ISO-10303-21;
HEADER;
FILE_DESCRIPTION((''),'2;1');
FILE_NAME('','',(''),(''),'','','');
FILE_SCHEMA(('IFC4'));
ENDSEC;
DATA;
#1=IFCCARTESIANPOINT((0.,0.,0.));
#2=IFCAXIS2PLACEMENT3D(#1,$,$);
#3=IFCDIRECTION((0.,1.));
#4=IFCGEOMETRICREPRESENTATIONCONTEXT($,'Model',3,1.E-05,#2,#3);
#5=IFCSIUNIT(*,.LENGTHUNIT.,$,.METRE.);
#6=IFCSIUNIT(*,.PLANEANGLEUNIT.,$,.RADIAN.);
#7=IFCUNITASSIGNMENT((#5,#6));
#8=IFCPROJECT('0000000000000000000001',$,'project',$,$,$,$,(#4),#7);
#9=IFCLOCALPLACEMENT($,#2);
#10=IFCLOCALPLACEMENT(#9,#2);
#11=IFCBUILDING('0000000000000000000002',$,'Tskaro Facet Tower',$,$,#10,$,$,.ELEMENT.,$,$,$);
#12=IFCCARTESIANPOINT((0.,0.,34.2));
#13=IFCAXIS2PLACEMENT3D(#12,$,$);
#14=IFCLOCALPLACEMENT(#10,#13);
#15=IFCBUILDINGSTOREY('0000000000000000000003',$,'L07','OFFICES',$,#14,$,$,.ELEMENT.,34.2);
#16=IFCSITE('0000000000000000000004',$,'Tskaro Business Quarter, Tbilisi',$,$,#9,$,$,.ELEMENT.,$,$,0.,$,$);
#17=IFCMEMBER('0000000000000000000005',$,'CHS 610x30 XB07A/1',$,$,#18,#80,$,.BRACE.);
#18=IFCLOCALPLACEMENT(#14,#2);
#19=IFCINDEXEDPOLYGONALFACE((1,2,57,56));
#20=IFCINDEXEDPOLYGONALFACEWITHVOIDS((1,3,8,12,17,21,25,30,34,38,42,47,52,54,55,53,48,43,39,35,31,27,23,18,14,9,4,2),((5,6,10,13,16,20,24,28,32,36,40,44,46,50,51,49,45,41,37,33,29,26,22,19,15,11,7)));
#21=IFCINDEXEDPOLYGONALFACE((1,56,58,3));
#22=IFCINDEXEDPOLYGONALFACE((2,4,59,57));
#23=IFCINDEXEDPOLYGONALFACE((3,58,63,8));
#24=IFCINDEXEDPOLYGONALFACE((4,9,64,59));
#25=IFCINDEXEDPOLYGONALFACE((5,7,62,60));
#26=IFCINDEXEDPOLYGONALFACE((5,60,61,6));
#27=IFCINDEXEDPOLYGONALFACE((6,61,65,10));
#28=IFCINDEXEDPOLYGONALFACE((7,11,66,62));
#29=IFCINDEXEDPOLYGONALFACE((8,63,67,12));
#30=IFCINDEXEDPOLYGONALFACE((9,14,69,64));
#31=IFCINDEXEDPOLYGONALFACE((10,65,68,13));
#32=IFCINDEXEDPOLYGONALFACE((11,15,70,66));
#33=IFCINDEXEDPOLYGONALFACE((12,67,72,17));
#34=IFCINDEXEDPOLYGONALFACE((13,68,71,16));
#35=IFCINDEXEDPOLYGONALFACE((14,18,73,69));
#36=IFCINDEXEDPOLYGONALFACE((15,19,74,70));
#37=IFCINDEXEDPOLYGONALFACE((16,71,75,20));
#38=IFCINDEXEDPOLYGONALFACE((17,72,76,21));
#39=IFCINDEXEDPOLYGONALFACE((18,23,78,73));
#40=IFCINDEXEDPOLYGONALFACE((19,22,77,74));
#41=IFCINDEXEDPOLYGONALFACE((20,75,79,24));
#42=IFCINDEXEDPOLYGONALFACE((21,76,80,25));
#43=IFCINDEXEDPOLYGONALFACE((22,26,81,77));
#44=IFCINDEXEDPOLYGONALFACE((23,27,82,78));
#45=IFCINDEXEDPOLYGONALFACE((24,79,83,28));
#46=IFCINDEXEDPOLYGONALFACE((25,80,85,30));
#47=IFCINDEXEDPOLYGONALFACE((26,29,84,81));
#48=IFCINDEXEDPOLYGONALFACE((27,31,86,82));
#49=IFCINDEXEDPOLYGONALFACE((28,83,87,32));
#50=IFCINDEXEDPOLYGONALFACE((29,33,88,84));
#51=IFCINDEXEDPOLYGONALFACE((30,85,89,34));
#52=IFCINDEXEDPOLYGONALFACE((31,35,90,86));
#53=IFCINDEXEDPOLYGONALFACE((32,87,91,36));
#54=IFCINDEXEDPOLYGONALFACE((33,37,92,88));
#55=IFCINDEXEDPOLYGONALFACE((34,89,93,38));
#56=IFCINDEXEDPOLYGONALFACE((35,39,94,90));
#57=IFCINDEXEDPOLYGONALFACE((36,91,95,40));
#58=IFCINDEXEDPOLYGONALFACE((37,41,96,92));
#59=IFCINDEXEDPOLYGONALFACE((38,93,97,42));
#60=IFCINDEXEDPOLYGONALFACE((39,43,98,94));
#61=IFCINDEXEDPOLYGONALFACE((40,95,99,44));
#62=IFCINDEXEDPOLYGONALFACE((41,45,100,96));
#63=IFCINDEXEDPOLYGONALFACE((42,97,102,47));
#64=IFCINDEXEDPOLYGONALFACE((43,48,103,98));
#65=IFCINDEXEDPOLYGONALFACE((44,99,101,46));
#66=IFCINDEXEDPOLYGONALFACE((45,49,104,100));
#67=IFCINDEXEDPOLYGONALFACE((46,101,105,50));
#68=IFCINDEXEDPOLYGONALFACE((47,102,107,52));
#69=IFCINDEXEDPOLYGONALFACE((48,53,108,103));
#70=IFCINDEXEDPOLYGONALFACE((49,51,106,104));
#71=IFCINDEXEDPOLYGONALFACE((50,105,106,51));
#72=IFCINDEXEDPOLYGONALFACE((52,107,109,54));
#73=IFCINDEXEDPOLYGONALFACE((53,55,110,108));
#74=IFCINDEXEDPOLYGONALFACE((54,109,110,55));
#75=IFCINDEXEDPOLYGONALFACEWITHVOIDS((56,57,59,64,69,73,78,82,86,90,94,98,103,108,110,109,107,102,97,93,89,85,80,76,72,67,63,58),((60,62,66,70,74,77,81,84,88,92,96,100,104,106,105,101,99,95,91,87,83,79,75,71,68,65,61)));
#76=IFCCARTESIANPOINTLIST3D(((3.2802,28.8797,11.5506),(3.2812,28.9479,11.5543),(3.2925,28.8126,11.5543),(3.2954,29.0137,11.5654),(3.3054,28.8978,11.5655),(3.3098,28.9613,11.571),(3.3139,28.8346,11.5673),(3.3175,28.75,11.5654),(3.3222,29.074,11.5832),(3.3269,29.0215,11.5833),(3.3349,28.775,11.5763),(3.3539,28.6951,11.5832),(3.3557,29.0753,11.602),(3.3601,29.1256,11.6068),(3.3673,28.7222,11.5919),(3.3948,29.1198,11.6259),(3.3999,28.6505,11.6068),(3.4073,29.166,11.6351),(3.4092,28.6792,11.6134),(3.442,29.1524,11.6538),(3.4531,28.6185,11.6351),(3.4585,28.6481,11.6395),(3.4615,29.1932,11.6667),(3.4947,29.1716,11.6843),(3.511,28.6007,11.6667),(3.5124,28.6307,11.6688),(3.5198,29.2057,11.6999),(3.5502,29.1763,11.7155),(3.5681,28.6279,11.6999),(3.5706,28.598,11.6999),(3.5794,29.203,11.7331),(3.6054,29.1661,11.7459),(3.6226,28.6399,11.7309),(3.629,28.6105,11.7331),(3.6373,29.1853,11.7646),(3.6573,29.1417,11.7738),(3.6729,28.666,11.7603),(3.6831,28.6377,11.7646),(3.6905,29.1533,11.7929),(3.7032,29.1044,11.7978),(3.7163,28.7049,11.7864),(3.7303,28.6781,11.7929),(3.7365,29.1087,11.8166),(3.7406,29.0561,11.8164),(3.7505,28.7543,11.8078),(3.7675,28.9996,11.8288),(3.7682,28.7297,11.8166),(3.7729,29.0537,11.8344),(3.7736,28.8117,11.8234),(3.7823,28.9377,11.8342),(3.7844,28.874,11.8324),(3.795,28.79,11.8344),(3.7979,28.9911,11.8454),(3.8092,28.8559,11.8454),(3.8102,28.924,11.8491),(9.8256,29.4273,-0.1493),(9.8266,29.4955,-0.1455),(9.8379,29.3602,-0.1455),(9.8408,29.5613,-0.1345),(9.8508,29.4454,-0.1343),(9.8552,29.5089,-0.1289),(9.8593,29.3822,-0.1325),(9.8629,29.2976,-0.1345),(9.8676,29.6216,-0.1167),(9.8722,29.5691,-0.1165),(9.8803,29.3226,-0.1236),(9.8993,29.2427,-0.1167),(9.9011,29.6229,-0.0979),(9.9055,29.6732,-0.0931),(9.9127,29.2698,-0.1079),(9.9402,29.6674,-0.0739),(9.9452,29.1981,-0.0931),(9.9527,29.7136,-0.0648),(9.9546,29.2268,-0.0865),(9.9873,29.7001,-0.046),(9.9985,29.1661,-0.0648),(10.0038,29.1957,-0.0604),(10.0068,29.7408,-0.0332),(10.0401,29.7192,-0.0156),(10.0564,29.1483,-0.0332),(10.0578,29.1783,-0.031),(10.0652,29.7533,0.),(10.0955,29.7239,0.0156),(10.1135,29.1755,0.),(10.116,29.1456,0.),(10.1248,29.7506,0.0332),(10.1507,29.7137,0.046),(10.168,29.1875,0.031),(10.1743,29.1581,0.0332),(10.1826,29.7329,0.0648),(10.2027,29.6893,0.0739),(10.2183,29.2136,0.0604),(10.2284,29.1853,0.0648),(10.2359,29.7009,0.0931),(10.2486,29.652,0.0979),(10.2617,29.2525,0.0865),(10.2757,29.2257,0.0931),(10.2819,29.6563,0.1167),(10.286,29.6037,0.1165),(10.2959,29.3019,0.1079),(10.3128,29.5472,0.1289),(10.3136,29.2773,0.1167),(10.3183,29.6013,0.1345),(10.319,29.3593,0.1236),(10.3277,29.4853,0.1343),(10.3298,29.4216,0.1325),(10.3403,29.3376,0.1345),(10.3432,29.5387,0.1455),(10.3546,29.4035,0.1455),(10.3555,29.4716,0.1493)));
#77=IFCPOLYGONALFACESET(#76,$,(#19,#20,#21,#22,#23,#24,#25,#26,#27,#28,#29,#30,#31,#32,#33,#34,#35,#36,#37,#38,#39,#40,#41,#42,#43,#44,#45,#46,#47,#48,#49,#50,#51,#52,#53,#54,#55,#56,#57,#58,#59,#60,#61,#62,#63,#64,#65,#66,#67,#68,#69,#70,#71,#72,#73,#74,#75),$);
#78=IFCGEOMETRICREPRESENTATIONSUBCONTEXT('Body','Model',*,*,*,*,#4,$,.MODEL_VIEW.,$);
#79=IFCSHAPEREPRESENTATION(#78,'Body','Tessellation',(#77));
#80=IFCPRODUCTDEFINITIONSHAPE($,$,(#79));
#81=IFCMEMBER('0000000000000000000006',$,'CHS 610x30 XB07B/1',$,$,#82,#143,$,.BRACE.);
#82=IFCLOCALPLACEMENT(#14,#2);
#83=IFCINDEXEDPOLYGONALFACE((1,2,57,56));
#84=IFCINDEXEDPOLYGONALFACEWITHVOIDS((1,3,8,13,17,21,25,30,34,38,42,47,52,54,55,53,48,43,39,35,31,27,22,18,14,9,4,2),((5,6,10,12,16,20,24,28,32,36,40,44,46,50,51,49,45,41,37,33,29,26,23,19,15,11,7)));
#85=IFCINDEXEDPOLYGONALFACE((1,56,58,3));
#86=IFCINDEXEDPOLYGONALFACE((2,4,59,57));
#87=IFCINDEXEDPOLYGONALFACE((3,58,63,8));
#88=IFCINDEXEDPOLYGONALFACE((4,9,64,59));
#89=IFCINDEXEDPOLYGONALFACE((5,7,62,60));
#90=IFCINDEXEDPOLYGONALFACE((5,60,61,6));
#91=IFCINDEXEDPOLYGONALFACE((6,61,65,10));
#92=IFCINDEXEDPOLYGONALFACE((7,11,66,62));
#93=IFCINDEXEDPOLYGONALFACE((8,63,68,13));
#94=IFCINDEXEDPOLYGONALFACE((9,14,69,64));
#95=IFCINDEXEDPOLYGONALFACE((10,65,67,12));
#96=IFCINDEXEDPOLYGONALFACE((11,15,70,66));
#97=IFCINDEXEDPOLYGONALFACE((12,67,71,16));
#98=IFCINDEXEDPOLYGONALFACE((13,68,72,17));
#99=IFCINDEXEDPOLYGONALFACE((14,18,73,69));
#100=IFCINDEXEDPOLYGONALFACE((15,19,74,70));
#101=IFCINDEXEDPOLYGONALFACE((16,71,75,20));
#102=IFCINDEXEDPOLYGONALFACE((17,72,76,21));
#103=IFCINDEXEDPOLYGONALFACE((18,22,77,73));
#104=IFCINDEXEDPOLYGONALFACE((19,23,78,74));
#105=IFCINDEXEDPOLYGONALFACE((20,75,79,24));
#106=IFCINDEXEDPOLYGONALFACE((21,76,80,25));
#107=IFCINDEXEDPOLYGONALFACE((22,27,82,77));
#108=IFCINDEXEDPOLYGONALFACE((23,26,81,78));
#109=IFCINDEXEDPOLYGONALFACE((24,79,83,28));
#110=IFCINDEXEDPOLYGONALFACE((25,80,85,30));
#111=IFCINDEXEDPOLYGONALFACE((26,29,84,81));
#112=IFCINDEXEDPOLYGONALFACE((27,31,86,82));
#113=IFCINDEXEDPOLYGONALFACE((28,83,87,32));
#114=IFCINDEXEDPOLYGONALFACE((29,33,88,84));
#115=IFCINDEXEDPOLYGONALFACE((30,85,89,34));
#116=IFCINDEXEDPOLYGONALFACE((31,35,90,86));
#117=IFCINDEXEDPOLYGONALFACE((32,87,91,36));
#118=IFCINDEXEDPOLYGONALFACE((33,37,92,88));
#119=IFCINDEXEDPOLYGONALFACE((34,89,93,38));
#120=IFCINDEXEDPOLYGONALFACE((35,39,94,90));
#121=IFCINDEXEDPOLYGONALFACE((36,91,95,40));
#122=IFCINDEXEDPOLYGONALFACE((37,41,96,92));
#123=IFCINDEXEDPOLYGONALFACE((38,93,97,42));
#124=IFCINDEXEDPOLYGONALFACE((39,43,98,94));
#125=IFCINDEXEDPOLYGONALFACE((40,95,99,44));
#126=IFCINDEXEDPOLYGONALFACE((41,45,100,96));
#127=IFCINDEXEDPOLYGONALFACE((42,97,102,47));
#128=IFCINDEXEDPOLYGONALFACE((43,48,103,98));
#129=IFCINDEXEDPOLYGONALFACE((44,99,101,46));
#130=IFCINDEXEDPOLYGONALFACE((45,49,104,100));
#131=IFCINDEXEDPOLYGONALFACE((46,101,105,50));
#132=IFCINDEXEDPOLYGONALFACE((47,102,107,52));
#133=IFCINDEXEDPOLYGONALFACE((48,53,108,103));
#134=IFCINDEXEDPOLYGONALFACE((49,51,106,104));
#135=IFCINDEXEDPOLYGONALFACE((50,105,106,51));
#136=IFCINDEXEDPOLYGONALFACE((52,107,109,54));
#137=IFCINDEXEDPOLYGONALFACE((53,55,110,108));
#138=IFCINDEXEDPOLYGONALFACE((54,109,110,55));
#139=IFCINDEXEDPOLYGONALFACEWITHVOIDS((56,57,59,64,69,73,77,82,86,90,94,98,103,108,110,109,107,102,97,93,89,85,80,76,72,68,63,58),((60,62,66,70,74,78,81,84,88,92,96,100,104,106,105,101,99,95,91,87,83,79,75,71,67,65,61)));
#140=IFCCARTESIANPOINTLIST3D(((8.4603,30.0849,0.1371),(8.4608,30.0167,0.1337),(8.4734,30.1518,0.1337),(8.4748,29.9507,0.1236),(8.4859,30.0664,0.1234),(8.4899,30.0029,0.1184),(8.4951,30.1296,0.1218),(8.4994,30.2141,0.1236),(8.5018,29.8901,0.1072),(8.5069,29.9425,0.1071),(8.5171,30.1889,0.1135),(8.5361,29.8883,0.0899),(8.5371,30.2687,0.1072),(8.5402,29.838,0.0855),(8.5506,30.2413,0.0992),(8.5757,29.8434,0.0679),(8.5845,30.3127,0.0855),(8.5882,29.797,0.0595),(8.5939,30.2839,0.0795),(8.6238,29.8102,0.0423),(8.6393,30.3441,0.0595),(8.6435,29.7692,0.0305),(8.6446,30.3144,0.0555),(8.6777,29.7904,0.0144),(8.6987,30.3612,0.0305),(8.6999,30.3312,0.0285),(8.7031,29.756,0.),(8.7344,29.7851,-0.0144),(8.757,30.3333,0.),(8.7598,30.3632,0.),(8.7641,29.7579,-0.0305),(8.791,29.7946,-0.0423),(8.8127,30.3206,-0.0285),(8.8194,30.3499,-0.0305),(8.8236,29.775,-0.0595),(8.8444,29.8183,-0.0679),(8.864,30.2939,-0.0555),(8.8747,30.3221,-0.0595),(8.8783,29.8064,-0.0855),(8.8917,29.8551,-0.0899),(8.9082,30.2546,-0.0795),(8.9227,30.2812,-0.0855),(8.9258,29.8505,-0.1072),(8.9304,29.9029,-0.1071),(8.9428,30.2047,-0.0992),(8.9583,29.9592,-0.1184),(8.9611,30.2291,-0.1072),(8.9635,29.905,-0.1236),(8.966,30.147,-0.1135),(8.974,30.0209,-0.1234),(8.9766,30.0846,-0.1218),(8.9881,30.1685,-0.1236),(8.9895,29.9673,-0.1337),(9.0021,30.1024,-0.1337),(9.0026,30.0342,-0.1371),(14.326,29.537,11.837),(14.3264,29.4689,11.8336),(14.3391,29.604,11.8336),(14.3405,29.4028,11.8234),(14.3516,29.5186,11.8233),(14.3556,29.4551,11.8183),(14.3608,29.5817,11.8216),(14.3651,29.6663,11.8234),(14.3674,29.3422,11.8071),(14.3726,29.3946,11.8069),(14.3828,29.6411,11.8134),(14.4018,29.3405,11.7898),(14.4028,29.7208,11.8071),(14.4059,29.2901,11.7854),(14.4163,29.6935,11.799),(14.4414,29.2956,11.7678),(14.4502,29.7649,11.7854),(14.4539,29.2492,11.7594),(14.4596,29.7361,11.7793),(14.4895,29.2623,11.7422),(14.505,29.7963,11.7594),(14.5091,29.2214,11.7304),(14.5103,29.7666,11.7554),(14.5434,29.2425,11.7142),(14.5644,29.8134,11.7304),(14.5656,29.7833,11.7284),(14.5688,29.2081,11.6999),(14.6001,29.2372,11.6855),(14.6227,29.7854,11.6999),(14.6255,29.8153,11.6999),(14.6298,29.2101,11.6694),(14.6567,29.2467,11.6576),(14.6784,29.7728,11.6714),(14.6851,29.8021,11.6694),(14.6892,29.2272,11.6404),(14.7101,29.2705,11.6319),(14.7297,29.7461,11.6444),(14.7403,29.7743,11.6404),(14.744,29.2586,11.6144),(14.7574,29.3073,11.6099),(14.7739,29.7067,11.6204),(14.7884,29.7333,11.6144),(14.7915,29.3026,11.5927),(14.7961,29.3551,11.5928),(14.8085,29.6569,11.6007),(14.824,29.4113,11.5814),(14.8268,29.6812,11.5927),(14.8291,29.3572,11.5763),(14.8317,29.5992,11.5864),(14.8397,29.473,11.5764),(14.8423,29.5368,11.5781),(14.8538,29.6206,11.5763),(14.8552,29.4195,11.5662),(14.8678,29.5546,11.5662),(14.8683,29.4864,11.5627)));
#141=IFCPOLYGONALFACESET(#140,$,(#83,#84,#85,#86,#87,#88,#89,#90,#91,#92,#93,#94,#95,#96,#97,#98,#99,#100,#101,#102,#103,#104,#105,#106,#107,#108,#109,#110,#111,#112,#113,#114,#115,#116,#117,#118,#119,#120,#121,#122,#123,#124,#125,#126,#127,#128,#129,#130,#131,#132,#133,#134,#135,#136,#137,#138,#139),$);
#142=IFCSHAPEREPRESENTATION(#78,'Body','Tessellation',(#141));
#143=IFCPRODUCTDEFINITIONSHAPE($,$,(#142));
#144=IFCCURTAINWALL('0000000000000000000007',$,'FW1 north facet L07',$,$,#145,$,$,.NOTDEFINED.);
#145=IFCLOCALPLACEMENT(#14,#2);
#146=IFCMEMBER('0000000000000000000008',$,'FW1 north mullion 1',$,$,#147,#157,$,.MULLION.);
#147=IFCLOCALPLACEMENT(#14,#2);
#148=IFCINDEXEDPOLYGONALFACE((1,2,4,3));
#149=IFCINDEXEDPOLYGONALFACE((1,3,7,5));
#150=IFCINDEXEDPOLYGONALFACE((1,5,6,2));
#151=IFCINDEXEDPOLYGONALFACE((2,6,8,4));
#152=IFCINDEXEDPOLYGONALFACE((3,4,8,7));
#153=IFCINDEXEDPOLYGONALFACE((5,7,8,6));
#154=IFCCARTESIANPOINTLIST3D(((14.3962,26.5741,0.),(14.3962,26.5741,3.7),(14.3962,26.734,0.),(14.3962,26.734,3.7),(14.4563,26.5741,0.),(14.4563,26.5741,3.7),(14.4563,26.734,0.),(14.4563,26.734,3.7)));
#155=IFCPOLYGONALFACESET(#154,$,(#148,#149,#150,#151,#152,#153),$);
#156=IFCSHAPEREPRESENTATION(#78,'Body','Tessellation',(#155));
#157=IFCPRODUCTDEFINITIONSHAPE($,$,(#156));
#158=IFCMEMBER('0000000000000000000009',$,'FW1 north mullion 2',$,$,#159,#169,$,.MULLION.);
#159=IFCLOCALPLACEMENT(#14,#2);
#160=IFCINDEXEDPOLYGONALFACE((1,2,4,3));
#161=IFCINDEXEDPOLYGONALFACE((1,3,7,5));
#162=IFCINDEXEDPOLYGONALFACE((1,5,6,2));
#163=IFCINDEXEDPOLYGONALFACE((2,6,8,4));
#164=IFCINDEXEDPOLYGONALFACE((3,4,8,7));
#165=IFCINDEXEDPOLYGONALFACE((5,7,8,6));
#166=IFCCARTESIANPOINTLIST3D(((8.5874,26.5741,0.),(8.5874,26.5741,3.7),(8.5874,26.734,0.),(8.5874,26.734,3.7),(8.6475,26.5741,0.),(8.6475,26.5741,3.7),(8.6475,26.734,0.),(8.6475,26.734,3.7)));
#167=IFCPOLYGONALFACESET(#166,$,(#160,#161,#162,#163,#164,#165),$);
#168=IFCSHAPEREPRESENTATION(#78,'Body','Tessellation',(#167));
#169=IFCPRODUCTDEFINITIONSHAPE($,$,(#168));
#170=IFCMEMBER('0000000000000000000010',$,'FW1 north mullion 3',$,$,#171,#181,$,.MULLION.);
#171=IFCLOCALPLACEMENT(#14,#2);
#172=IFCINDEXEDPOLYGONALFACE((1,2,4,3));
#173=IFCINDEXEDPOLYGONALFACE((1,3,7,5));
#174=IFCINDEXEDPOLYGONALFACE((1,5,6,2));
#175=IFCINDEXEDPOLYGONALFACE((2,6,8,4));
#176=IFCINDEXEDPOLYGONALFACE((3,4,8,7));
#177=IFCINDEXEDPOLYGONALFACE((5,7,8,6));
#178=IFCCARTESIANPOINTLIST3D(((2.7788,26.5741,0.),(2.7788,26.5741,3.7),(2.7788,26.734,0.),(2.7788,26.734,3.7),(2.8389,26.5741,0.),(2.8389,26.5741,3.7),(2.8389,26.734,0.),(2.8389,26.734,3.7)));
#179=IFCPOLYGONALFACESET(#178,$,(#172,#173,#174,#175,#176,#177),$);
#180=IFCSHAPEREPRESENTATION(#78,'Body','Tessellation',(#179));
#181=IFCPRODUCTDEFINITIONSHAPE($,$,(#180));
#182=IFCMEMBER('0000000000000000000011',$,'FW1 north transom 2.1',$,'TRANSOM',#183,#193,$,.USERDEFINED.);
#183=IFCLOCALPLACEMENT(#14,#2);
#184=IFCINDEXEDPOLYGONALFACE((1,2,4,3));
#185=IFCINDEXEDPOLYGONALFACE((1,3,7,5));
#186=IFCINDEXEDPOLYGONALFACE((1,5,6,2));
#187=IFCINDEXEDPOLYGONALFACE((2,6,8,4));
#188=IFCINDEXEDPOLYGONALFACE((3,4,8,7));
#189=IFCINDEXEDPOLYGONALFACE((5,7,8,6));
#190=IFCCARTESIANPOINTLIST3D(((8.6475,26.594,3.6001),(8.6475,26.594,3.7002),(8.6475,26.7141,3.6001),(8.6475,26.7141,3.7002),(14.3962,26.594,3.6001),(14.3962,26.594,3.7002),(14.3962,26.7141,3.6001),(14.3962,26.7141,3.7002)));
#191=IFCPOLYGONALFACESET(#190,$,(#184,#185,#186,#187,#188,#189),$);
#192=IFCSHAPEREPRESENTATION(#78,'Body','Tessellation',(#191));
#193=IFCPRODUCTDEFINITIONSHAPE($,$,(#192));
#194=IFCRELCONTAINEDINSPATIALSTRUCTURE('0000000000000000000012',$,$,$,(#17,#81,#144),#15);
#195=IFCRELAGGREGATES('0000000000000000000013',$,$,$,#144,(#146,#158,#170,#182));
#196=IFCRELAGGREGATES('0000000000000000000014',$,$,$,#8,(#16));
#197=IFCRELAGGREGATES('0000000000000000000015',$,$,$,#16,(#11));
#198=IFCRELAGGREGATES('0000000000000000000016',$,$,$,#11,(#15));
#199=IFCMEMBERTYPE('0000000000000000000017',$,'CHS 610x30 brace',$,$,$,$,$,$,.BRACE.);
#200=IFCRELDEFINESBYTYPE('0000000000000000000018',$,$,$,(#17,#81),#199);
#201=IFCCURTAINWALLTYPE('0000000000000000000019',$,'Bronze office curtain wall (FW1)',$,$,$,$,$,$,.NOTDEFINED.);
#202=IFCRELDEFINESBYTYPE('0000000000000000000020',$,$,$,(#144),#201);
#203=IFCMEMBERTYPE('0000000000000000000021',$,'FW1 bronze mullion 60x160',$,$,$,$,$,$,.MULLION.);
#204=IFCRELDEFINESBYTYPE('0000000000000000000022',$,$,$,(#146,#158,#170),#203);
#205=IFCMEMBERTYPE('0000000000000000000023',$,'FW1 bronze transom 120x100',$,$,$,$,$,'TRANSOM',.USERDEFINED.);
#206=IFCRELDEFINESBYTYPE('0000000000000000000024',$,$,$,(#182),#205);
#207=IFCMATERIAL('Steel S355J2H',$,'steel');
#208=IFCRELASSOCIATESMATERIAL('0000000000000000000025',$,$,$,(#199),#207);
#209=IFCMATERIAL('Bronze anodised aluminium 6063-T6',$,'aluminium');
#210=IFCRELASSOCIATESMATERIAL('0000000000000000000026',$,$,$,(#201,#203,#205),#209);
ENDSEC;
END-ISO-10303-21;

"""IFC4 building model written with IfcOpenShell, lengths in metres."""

from ifc_helpers import new_model, si_unit, direction, frame, origin, origin_2d, place, context, subcontext, project, spatial, rectangle, hollow_circle, extrude, material, material_profile, profile_set, type_object, element, aggregate, save


model = new_model("IFC4")

# Units and contexts
model_context = context("Model", 3, precision=1e-05, world=origin(), true_north=direction((0.0, 1.0)))
body_context = subcontext(model_context, "Body", "Model", "MODEL_VIEW")
ifc_project = project(units=[si_unit("LENGTHUNIT", "METRE"), si_unit("PLANEANGLEUNIT", "RADIAN")], contexts=[model_context])

# Site, building, storey
site_placement = place(None, origin())
site = spatial("IfcSite", under=ifc_project, at=site_placement, Name="Tskaro Business Quarter, Tbilisi", CompositionType="ELEMENT", RefElevation=0.0)
building_placement = place(site_placement, origin())
building = spatial("IfcBuilding", under=site, at=building_placement, Name="Tskaro Facet Tower", CompositionType="ELEMENT")
storey_placement = place(building_placement, frame((0.0, 0.0, 34.2)))
storey = spatial("IfcBuildingStorey", under=building, at=storey_placement, Name="L07", Description="OFFICES", CompositionType="ELEMENT", Elevation=34.2)

# Shared definitions
ifc_material_1 = material(Name="Steel S355J2H", Category="steel")

# Members
ifc_material_profile_1 = material_profile(ifc_material_1, hollow_circle(Radius=0.3049, WallThickness=0.03, at=origin_2d()), Name="CHS 610x30")
ifc_profile_set_1 = profile_set([ifc_material_profile_1], Name="Steel S355J2H")
member_type_1 = type_object("IfcMemberType", Name="CHS 610x30 brace", PredefinedType="BRACE", material=ifc_profile_set_1)
member_1_placement = place(storey_placement, frame((10.0906, 29.4495, 0.0), z_axis=(-0.487824, -0.040813, 0.871987), x_axis=(0.083372, -0.996519, 0.0)))
element("IfcMember", 1, at=member_1_placement, inside=storey, type_object=member_type_1, Name="CHS 610x30 XB07A/1", PredefinedType="BRACE", context=body_context, shape_type="SweptSolid", body=[
    extrude(hollow_circle(Radius=0.3049, WallThickness=0.03, at=origin_2d()), origin(), (0.0, 0.0, 1.0), 13.4175),
])
member_2_placement = place(storey_placement, frame((8.7314, 30.0596, 0.0), z_axis=(0.447784, -0.041822, 0.893163), x_axis=(0.092994, 0.995667, 0.0)))
element("IfcMember", 2, at=member_2_placement, inside=storey, type_object=member_type_1, Name="CHS 610x30 XB07B/1", PredefinedType="BRACE", context=body_context, shape_type="SweptSolid", body=[
    extrude(hollow_circle(Radius=0.3049, WallThickness=0.03, at=origin_2d()), origin(), (0.0, 0.0, 1.0), 13.0994),
])

# Curtain wall, members
ifc_material_2 = material(Name="Bronze anodised aluminium 6063-T6", Category="aluminium")
curtain_wall_type = type_object("IfcCurtainWallType", Name="Bronze office curtain wall (FW1)", PredefinedType="NOTDEFINED", material=ifc_material_2)
curtain_wall_placement = place(storey_placement, origin())
curtain_wall = element("IfcCurtainWall", 3, at=curtain_wall_placement, inside=storey, type_object=curtain_wall_type, Name="FW1 north facet L07", PredefinedType="NOTDEFINED")
ifc_material_profile_2 = material_profile(ifc_material_2, rectangle(XDim=0.0601, YDim=0.1599, at=origin_2d()), Name="Mullion 60x160")
ifc_profile_set_2 = profile_set([ifc_material_profile_2], Name="Bronze anodised aluminium 6063-T6")
member_type_2 = type_object("IfcMemberType", Name="FW1 bronze mullion 60x160", PredefinedType="MULLION", material=ifc_profile_set_2)
member_3_placement = place(storey_placement, frame((14.4263, 26.6541, 0.0), z_axis=(0.0, 0.0, 1.0), x_axis=(-1.0, 0.0, 0.0)))
member_3 = element("IfcMember", 4, at=member_3_placement, type_object=member_type_2, Name="FW1 north mullion 1", PredefinedType="MULLION", context=body_context, shape_type="SweptSolid", body=[
    extrude(rectangle(XDim=0.0601, YDim=0.1599, at=origin_2d()), origin(), (0.0, 0.0, 1.0), 3.7),
])
member_4_placement = place(storey_placement, frame((8.6174, 26.6541, 0.0), z_axis=(0.0, 0.0, 1.0), x_axis=(-1.0, 0.0, 0.0)))
member_4 = element("IfcMember", 5, at=member_4_placement, type_object=member_type_2, Name="FW1 north mullion 2", PredefinedType="MULLION", context=body_context, shape_type="SweptSolid", body=[
    extrude(rectangle(XDim=0.0601, YDim=0.1599, at=origin_2d()), origin(), (0.0, 0.0, 1.0), 3.7),
])
member_5_placement = place(storey_placement, frame((2.8088, 26.6541, 0.0), z_axis=(0.0, 0.0, 1.0), x_axis=(-1.0, 0.0, 0.0)))
member_5 = element("IfcMember", 6, at=member_5_placement, type_object=member_type_2, Name="FW1 north mullion 3", PredefinedType="MULLION", context=body_context, shape_type="SweptSolid", body=[
    extrude(rectangle(XDim=0.0601, YDim=0.1599, at=origin_2d()), origin(), (0.0, 0.0, 1.0), 3.7),
])
ifc_material_profile_3 = material_profile(ifc_material_2, rectangle(XDim=0.1201, YDim=0.1001, at=origin_2d()), Name="Transom 120x100")
ifc_profile_set_3 = profile_set([ifc_material_profile_3], Name="Bronze anodised aluminium 6063-T6")
member_type_3 = type_object("IfcMemberType", Name="FW1 bronze transom 120x100", ElementType="TRANSOM", PredefinedType="USERDEFINED", material=ifc_profile_set_3)
member_6_placement = place(storey_placement, frame((14.3962, 26.6541, 3.6501), z_axis=(-1.0, 0.0, 0.0), x_axis=(0.0, -1.0, 0.0)))
member_6 = element("IfcMember", 7, at=member_6_placement, type_object=member_type_3, Name="FW1 north transom 2.1", ObjectType="TRANSOM", PredefinedType="USERDEFINED", context=body_context, shape_type="SweptSolid", body=[
    extrude(rectangle(XDim=0.1201, YDim=0.1001, at=origin_2d()), origin(), (0.0, 0.0, 1.0), 5.7488),
])

aggregate(curtain_wall, [member_3, member_4, member_5, member_6])

save(model, "model.ifc")
